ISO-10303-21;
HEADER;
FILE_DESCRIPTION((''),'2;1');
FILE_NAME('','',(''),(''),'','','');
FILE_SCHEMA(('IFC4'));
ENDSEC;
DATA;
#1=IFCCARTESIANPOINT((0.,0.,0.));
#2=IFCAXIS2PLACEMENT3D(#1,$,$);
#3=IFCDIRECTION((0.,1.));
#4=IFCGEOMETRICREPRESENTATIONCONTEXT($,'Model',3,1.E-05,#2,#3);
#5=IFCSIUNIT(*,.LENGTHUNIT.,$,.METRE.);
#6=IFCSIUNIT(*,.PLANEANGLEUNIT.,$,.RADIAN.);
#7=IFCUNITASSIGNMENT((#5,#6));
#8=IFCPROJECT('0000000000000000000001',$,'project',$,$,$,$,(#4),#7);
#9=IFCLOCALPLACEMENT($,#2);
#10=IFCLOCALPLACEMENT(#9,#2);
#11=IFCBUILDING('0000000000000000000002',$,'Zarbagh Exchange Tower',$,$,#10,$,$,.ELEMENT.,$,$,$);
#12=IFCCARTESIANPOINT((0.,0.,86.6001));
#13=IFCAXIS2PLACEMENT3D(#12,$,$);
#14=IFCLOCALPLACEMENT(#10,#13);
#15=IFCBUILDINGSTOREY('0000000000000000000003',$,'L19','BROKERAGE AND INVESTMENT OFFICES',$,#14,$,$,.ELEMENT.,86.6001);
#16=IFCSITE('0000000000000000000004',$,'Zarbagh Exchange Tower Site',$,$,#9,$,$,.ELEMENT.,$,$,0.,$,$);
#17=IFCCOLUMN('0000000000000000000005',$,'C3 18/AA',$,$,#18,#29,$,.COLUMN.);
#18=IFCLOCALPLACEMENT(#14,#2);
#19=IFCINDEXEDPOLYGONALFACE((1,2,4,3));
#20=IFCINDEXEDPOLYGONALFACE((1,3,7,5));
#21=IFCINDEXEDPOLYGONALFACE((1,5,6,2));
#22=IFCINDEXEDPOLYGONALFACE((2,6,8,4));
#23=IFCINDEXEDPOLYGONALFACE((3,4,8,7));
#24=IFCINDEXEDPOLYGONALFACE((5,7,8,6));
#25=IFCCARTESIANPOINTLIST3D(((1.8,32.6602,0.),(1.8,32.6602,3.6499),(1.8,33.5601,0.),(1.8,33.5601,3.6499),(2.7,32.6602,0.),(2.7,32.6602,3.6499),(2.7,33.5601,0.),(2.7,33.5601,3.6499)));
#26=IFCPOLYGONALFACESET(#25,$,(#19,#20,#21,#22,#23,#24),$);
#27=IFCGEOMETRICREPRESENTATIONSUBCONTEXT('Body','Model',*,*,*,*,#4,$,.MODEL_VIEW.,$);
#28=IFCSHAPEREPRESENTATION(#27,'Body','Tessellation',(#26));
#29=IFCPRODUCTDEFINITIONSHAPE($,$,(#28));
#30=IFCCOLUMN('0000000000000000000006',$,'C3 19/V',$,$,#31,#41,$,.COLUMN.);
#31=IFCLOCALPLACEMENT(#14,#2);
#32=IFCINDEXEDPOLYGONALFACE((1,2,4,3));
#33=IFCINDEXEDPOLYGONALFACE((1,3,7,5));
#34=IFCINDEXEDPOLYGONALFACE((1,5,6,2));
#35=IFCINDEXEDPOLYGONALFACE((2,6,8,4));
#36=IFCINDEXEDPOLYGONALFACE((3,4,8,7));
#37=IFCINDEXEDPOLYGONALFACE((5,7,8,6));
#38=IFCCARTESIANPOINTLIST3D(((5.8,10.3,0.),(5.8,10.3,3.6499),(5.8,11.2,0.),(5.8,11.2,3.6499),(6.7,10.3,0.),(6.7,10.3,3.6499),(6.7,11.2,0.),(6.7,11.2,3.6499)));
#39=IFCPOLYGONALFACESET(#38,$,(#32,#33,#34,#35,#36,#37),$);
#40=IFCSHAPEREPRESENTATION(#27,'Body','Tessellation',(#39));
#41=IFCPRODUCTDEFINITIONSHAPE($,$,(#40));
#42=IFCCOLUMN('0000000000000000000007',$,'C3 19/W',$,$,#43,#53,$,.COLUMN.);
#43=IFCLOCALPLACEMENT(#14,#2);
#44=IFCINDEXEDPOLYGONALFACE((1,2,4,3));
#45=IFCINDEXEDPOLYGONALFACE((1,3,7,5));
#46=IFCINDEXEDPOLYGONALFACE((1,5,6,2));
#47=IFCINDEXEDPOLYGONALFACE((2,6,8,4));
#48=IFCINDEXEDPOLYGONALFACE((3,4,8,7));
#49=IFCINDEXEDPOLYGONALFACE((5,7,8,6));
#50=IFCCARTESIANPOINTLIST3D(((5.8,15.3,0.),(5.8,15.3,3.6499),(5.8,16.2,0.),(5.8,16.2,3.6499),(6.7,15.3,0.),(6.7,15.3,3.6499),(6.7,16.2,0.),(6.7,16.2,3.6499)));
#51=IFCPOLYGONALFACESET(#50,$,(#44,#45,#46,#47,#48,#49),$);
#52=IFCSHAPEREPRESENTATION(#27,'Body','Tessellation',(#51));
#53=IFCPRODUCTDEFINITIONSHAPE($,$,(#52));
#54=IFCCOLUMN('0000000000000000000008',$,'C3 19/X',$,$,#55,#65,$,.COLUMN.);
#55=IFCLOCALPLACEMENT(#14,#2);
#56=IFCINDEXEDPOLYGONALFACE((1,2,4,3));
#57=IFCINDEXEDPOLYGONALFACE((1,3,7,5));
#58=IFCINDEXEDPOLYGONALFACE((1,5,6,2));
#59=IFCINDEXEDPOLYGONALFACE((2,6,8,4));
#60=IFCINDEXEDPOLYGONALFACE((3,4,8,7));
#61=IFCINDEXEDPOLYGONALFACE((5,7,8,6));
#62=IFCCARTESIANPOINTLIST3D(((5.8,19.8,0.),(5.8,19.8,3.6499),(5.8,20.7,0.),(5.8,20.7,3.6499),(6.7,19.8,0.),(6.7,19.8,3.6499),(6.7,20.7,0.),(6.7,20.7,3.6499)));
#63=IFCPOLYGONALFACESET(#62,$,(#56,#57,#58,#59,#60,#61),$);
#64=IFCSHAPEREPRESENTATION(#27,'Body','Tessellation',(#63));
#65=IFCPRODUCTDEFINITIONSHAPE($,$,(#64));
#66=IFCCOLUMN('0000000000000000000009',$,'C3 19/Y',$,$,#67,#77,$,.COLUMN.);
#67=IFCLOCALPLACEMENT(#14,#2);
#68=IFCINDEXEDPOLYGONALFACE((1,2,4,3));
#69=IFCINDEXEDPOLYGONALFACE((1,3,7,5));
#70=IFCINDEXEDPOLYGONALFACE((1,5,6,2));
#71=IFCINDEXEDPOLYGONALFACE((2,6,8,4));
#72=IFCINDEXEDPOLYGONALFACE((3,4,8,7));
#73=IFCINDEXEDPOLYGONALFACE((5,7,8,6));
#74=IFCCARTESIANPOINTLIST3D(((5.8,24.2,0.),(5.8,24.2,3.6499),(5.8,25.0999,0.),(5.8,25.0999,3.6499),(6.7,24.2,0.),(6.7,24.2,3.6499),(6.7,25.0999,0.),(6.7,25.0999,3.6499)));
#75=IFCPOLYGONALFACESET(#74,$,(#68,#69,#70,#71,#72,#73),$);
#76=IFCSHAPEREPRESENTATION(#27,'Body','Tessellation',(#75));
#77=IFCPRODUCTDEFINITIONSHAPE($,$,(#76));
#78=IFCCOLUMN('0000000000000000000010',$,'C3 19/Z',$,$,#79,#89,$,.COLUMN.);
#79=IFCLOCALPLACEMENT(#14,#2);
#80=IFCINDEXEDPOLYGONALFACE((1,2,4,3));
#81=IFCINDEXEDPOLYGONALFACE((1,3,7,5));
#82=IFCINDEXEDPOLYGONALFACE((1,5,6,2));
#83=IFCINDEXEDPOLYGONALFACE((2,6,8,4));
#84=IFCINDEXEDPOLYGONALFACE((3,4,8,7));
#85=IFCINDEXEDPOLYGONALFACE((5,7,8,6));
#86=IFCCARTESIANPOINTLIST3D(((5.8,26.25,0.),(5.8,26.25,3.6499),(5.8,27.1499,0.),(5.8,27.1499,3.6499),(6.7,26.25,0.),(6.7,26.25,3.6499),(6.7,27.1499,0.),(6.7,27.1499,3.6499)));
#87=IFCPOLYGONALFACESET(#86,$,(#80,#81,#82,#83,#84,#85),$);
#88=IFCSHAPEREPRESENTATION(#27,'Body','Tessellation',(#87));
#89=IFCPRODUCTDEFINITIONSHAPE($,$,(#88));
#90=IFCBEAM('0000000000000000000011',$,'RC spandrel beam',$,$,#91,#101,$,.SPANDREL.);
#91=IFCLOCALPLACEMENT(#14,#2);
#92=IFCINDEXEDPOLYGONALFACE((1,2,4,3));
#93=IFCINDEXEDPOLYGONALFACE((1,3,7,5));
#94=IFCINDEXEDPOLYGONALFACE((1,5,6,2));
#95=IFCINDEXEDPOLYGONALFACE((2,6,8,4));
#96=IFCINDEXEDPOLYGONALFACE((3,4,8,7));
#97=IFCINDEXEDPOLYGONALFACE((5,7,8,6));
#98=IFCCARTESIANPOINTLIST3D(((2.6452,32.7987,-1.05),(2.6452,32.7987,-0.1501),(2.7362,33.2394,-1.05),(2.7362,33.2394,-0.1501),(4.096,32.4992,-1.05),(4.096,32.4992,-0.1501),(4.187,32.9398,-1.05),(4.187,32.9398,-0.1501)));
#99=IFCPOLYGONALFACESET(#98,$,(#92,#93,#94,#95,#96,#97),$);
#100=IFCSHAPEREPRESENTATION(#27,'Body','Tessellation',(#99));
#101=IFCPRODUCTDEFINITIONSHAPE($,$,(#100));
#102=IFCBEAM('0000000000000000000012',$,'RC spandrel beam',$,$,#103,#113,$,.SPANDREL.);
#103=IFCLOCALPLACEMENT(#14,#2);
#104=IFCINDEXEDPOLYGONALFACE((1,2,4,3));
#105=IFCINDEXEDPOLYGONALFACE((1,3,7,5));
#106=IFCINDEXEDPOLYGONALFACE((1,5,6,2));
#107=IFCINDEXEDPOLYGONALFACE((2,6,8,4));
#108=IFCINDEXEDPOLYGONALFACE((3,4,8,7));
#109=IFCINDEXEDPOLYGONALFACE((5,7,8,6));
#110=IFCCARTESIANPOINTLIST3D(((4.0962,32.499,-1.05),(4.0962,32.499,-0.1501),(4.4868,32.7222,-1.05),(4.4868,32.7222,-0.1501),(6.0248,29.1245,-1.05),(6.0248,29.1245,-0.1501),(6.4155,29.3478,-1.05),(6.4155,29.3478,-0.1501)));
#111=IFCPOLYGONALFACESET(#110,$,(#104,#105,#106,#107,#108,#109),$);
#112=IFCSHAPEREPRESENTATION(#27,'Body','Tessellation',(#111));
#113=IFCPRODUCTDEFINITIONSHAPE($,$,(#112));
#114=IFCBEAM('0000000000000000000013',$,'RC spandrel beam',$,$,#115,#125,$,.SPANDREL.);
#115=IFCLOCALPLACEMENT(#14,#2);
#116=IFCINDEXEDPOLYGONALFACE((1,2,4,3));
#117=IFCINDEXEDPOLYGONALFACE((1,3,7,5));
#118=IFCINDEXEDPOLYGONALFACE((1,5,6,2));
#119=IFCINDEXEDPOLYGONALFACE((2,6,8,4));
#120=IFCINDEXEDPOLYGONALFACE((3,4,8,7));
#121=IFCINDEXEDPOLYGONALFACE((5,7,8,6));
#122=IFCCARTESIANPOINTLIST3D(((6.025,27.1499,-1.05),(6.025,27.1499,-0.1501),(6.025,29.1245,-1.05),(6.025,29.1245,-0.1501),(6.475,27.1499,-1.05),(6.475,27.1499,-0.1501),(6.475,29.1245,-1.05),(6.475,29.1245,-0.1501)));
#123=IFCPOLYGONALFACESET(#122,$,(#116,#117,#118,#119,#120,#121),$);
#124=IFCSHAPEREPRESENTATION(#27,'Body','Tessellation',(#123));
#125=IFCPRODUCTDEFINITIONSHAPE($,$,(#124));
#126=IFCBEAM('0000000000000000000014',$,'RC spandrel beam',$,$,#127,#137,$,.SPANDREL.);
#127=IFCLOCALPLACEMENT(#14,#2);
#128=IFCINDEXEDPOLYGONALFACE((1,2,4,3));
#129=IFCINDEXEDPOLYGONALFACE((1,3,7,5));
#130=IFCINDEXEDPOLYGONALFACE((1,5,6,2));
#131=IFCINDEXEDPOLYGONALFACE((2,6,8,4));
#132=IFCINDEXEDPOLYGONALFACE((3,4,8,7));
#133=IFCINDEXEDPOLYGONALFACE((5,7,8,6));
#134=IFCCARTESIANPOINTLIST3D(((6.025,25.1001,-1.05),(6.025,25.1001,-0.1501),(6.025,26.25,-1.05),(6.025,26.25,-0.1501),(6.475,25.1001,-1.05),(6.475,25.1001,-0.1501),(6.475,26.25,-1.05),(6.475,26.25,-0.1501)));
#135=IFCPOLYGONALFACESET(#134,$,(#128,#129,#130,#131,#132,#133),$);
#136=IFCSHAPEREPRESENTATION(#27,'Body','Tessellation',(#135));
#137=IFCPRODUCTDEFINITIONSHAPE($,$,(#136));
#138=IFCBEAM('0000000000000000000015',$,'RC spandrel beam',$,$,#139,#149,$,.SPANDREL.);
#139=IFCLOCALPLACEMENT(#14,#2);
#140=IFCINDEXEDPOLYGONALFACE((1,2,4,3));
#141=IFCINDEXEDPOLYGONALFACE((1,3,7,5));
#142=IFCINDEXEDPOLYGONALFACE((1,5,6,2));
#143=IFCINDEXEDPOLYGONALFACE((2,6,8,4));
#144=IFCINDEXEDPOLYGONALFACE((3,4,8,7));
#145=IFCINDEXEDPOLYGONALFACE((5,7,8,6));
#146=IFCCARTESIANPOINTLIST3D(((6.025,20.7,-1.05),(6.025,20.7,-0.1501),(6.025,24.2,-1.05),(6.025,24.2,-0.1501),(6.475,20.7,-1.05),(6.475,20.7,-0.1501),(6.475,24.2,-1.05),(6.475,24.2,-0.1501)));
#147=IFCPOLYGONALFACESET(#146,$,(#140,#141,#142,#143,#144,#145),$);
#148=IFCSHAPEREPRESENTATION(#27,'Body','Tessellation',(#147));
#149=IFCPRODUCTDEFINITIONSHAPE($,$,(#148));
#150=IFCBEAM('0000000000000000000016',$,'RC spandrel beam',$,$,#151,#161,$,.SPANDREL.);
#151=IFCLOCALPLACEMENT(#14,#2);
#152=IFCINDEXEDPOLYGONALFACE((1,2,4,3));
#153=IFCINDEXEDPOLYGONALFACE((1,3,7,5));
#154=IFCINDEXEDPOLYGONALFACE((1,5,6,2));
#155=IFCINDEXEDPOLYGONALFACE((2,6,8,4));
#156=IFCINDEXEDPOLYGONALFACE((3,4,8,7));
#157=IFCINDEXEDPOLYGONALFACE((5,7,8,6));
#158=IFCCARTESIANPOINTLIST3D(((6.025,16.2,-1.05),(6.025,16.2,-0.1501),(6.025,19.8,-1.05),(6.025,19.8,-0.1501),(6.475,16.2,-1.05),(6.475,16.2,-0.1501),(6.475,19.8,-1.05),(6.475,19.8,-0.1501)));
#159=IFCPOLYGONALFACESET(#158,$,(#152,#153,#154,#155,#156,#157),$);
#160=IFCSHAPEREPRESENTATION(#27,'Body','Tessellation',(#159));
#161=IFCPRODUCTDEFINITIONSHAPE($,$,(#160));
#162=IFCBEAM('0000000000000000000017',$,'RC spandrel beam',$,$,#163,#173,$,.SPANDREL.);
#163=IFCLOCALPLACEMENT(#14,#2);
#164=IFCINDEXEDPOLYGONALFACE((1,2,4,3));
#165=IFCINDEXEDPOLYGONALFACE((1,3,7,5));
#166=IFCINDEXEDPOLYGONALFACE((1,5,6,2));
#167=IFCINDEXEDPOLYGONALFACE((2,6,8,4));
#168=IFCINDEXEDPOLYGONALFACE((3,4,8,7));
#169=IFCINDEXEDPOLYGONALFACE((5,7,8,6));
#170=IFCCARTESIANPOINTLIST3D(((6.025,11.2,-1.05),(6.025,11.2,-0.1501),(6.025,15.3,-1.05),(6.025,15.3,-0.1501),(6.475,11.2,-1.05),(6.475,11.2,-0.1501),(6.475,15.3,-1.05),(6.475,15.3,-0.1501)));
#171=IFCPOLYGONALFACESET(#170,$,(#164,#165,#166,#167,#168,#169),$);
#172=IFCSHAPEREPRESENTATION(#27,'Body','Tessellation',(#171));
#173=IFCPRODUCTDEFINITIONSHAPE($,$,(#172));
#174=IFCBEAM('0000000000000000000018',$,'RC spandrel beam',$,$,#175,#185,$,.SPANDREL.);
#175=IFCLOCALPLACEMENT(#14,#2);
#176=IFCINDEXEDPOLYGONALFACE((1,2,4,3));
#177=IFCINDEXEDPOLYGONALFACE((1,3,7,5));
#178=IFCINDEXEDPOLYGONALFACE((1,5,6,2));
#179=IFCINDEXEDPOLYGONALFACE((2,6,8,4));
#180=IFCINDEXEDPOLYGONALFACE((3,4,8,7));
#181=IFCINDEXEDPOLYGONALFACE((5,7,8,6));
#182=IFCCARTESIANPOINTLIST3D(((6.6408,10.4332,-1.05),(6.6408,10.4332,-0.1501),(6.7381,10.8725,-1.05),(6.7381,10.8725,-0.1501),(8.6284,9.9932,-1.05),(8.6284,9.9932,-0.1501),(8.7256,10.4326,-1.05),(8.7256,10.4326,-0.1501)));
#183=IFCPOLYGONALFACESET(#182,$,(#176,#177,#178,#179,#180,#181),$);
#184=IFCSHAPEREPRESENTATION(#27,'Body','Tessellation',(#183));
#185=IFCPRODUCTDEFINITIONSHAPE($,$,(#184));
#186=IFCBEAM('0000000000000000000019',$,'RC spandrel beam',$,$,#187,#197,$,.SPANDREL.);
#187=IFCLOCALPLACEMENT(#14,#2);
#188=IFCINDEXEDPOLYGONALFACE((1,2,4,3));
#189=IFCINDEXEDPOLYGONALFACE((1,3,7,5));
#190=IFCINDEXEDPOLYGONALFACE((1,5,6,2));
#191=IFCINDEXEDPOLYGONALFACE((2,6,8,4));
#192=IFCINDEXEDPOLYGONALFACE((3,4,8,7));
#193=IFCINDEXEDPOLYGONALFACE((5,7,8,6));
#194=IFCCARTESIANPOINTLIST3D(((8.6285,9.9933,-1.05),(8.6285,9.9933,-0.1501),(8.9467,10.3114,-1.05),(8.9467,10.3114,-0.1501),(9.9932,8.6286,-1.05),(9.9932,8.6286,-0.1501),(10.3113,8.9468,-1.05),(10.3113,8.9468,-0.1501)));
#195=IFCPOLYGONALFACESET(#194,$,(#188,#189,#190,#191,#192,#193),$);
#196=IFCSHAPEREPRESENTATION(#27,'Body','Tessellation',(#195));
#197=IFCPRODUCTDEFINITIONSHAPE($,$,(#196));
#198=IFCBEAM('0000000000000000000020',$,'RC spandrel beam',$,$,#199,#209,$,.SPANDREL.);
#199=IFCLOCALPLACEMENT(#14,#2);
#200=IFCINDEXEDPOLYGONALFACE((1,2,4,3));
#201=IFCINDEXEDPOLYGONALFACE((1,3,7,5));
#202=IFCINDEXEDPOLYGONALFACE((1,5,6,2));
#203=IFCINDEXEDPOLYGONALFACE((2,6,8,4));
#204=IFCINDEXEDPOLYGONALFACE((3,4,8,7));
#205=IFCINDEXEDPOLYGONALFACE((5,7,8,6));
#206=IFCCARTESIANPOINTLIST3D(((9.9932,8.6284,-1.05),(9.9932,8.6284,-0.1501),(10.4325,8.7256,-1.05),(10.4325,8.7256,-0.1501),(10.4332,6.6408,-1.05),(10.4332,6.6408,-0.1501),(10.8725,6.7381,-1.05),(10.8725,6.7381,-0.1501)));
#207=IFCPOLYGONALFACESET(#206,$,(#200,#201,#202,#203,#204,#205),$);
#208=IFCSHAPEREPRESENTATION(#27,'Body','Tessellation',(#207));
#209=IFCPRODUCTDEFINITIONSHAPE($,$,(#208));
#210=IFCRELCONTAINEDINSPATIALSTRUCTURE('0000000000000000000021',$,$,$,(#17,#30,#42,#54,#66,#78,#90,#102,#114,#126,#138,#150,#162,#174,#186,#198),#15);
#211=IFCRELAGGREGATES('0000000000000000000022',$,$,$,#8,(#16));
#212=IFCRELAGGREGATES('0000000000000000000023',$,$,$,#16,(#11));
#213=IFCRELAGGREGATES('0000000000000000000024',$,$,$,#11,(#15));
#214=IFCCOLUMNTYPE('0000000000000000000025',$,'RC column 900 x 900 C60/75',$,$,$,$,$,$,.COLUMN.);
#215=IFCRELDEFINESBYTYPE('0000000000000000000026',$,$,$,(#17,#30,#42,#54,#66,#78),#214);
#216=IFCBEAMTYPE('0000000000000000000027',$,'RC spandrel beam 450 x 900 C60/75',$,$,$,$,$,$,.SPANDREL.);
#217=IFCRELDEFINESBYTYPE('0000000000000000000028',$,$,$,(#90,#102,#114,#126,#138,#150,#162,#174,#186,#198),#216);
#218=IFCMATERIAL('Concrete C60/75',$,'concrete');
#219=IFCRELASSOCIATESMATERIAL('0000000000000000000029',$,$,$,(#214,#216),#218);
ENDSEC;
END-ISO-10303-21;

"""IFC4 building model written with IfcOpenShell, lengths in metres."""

from ifc_helpers import new_model, si_unit, direction, frame, origin, origin_2d, place, context, subcontext, project, spatial, rectangle, extrude, material, material_profile, profile_set, type_object, element, save


model = new_model("IFC4")

# Units and contexts
model_context = context("Model", 3, precision=1e-05, world=origin(), true_north=direction((0.0, 1.0)))
body_context = subcontext(model_context, "Body", "Model", "MODEL_VIEW")
ifc_project = project(units=[si_unit("LENGTHUNIT", "METRE"), si_unit("PLANEANGLEUNIT", "RADIAN")], contexts=[model_context])

# Site, building, storey
site_placement = place(None, origin())
site = spatial("IfcSite", under=ifc_project, at=site_placement, Name="Zarbagh Exchange Tower Site", CompositionType="ELEMENT", RefElevation=0.0)
building_placement = place(site_placement, origin())
building = spatial("IfcBuilding", under=site, at=building_placement, Name="Zarbagh Exchange Tower", CompositionType="ELEMENT")
storey_placement = place(building_placement, frame((0.0, 0.0, 86.6001)))
storey = spatial("IfcBuildingStorey", under=building, at=storey_placement, Name="L19", Description="BROKERAGE AND INVESTMENT OFFICES", CompositionType="ELEMENT", Elevation=86.6001)

# Columns
ifc_material_1 = material(Name="Concrete C60/75", Category="concrete")
ifc_material_profile_1 = material_profile(ifc_material_1, rectangle(XDim=0.8999, YDim=0.8999, at=origin_2d()), Name="RC column 900 x 900 C60/75")
ifc_profile_set_1 = profile_set([ifc_material_profile_1], Name="Concrete C60/75")
column_type = type_object("IfcColumnType", Name="RC column 900 x 900 C60/75", PredefinedType="COLUMN", material=ifc_profile_set_1)
for number, where, z_axis, x_axis, name in (
    (1, (2.25, 33.1101, 0.0), (0.0, 0.0, 1.0), (1.0, 0.0, 0.0), "C3 18/AA"),
    (2, (6.25, 10.75, 0.0), (0.0, 0.0, 1.0), (1.0, 0.0, 0.0), "C3 19/V"),
    (3, (6.25, 15.75, 0.0), (0.0, 0.0, 1.0), (1.0, 0.0, 0.0), "C3 19/W"),
    (4, (6.25, 20.25, 0.0), (0.0, 0.0, 1.0), (1.0, 0.0, 0.0), "C3 19/X"),
    (5, (6.25, 24.6499, 0.0), (0.0, 0.0, 1.0), (1.0, 0.0, 0.0), "C3 19/Y"),
    (6, (6.25, 26.7, 0.0), (0.0, 0.0, 1.0), (1.0, 0.0, 0.0), "C3 19/Z"),
):
    element("IfcColumn", number, at=place(storey_placement, frame(where, z_axis=z_axis, x_axis=x_axis)), inside=storey, type_object=column_type, Name=name, PredefinedType="COLUMN", context=body_context, shape_type="SweptSolid", body=[
        extrude(rectangle(XDim=0.8999, YDim=0.8999, at=origin_2d()), origin(), (0.0, 0.0, 1.0), 3.6499),
    ])

# Beams
ifc_material_profile_2 = material_profile(ifc_material_1, rectangle(XDim=0.45, YDim=0.8999, at=origin_2d()), Name="RC spandrel beam 450 x 900 C60/75")
ifc_profile_set_2 = profile_set([ifc_material_profile_2], Name="Concrete C60/75")
beam_type = type_object("IfcBeamType", Name="RC spandrel beam 450 x 900 C60/75", PredefinedType="SPANDREL", material=ifc_profile_set_2)
beam_1_placement = place(storey_placement, frame((2.6907, 33.019, -0.6001), z_axis=(0.979345, -0.202197, 0.0), x_axis=(0.202197, 0.979345, 0.0)))
element("IfcBeam", 7, at=beam_1_placement, inside=storey, type_object=beam_type, Name="RC spandrel beam", PredefinedType="SPANDREL", context=body_context, shape_type="SweptSolid", body=[
    extrude(rectangle(XDim=0.45, YDim=0.8999, at=origin_2d()), origin(), (0.0, 0.0, 1.0), 1.4814),
])
beam_2_placement = place(storey_placement, frame((4.2915, 32.6106, -0.6001), z_axis=(0.49622, -0.868197, 0.0), x_axis=(0.868197, 0.49622, 0.0)))
element("IfcBeam", 8, at=beam_2_placement, inside=storey, type_object=beam_type, Name="RC spandrel beam", PredefinedType="SPANDREL", context=body_context, shape_type="SweptSolid", body=[
    extrude(rectangle(XDim=0.45, YDim=0.8999, at=origin_2d()), origin(), (0.0, 0.0, 1.0), 3.8867),
])
beam_3_placement = place(storey_placement, frame((6.25, 29.1245, -0.6001), z_axis=(0.0, -1.0, 0.0), x_axis=(1.0, 0.0, 0.0)))
element("IfcBeam", 9, at=beam_3_placement, inside=storey, type_object=beam_type, Name="RC spandrel beam", PredefinedType="SPANDREL", context=body_context, shape_type="SweptSolid", body=[
    extrude(rectangle(XDim=0.45, YDim=0.8999, at=origin_2d()), origin(), (0.0, 0.0, 1.0), 1.9746),
])
beam_4_placement = place(storey_placement, frame((6.25, 26.25, -0.6001), z_axis=(0.0, -1.0, 0.0), x_axis=(1.0, 0.0, 0.0)))
element("IfcBeam", 10, at=beam_4_placement, inside=storey, type_object=beam_type, Name="RC spandrel beam", PredefinedType="SPANDREL", context=body_context, shape_type="SweptSolid", body=[
    extrude(rectangle(XDim=0.45, YDim=0.8999, at=origin_2d()), origin(), (0.0, 0.0, 1.0), 1.1499),
])
beam_5_placement = place(storey_placement, frame((6.25, 24.2, -0.6001), z_axis=(0.0, -1.0, 0.0), x_axis=(1.0, 0.0, 0.0)))
element("IfcBeam", 11, at=beam_5_placement, inside=storey, type_object=beam_type, Name="RC spandrel beam", PredefinedType="SPANDREL", context=body_context, shape_type="SweptSolid", body=[
    extrude(rectangle(XDim=0.45, YDim=0.8999, at=origin_2d()), origin(), (0.0, 0.0, 1.0), 3.5),
])
beam_6_placement = place(storey_placement, frame((6.25, 19.8, -0.6001), z_axis=(0.0, -1.0, 0.0), x_axis=(1.0, 0.0, 0.0)))
element("IfcBeam", 12, at=beam_6_placement, inside=storey, type_object=beam_type, Name="RC spandrel beam", PredefinedType="SPANDREL", context=body_context, shape_type="SweptSolid", body=[
    extrude(rectangle(XDim=0.45, YDim=0.8999, at=origin_2d()), origin(), (0.0, 0.0, 1.0), 3.6001),
])
beam_7_placement = place(storey_placement, frame((6.25, 15.3, -0.6001), z_axis=(0.0, -1.0, 0.0), x_axis=(1.0, 0.0, 0.0)))
element("IfcBeam", 13, at=beam_7_placement, inside=storey, type_object=beam_type, Name="RC spandrel beam", PredefinedType="SPANDREL", context=body_context, shape_type="SweptSolid", body=[
    extrude(rectangle(XDim=0.45, YDim=0.8999, at=origin_2d()), origin(), (0.0, 0.0, 1.0), 4.1001),
])
beam_8_placement = place(storey_placement, frame((6.6895, 10.6528, -0.6001), z_axis=(0.976367, -0.216118, 0.0), x_axis=(0.216118, 0.976367, 0.0)))
element("IfcBeam", 14, at=beam_8_placement, inside=storey, type_object=beam_type, Name="RC spandrel beam", PredefinedType="SPANDREL", context=body_context, shape_type="SweptSolid", body=[
    extrude(rectangle(XDim=0.45, YDim=0.8999, at=origin_2d()), origin(), (0.0, 0.0, 1.0), 2.0356),
])
beam_9_placement = place(storey_placement, frame((8.7876, 10.1523, -0.6001), z_axis=(0.707107, -0.707107, 0.0), x_axis=(0.707107, 0.707107, 0.0)))
element("IfcBeam", 15, at=beam_9_placement, inside=storey, type_object=beam_type, Name="RC spandrel beam", PredefinedType="SPANDREL", context=body_context, shape_type="SweptSolid", body=[
    extrude(rectangle(XDim=0.45, YDim=0.8999, at=origin_2d()), origin(), (0.0, 0.0, 1.0), 1.9299),
])
beam_10_placement = place(storey_placement, frame((10.2129, 8.677, -0.6001), z_axis=(0.216118, -0.976367, 0.0), x_axis=(0.976367, 0.216118, 0.0)))
element("IfcBeam", 16, at=beam_10_placement, inside=storey, type_object=beam_type, Name="RC spandrel beam", PredefinedType="SPANDREL", context=body_context, shape_type="SweptSolid", body=[
    extrude(rectangle(XDim=0.45, YDim=0.8999, at=origin_2d()), origin(), (0.0, 0.0, 1.0), 2.0356),
])

save(model, "model.ifc")
